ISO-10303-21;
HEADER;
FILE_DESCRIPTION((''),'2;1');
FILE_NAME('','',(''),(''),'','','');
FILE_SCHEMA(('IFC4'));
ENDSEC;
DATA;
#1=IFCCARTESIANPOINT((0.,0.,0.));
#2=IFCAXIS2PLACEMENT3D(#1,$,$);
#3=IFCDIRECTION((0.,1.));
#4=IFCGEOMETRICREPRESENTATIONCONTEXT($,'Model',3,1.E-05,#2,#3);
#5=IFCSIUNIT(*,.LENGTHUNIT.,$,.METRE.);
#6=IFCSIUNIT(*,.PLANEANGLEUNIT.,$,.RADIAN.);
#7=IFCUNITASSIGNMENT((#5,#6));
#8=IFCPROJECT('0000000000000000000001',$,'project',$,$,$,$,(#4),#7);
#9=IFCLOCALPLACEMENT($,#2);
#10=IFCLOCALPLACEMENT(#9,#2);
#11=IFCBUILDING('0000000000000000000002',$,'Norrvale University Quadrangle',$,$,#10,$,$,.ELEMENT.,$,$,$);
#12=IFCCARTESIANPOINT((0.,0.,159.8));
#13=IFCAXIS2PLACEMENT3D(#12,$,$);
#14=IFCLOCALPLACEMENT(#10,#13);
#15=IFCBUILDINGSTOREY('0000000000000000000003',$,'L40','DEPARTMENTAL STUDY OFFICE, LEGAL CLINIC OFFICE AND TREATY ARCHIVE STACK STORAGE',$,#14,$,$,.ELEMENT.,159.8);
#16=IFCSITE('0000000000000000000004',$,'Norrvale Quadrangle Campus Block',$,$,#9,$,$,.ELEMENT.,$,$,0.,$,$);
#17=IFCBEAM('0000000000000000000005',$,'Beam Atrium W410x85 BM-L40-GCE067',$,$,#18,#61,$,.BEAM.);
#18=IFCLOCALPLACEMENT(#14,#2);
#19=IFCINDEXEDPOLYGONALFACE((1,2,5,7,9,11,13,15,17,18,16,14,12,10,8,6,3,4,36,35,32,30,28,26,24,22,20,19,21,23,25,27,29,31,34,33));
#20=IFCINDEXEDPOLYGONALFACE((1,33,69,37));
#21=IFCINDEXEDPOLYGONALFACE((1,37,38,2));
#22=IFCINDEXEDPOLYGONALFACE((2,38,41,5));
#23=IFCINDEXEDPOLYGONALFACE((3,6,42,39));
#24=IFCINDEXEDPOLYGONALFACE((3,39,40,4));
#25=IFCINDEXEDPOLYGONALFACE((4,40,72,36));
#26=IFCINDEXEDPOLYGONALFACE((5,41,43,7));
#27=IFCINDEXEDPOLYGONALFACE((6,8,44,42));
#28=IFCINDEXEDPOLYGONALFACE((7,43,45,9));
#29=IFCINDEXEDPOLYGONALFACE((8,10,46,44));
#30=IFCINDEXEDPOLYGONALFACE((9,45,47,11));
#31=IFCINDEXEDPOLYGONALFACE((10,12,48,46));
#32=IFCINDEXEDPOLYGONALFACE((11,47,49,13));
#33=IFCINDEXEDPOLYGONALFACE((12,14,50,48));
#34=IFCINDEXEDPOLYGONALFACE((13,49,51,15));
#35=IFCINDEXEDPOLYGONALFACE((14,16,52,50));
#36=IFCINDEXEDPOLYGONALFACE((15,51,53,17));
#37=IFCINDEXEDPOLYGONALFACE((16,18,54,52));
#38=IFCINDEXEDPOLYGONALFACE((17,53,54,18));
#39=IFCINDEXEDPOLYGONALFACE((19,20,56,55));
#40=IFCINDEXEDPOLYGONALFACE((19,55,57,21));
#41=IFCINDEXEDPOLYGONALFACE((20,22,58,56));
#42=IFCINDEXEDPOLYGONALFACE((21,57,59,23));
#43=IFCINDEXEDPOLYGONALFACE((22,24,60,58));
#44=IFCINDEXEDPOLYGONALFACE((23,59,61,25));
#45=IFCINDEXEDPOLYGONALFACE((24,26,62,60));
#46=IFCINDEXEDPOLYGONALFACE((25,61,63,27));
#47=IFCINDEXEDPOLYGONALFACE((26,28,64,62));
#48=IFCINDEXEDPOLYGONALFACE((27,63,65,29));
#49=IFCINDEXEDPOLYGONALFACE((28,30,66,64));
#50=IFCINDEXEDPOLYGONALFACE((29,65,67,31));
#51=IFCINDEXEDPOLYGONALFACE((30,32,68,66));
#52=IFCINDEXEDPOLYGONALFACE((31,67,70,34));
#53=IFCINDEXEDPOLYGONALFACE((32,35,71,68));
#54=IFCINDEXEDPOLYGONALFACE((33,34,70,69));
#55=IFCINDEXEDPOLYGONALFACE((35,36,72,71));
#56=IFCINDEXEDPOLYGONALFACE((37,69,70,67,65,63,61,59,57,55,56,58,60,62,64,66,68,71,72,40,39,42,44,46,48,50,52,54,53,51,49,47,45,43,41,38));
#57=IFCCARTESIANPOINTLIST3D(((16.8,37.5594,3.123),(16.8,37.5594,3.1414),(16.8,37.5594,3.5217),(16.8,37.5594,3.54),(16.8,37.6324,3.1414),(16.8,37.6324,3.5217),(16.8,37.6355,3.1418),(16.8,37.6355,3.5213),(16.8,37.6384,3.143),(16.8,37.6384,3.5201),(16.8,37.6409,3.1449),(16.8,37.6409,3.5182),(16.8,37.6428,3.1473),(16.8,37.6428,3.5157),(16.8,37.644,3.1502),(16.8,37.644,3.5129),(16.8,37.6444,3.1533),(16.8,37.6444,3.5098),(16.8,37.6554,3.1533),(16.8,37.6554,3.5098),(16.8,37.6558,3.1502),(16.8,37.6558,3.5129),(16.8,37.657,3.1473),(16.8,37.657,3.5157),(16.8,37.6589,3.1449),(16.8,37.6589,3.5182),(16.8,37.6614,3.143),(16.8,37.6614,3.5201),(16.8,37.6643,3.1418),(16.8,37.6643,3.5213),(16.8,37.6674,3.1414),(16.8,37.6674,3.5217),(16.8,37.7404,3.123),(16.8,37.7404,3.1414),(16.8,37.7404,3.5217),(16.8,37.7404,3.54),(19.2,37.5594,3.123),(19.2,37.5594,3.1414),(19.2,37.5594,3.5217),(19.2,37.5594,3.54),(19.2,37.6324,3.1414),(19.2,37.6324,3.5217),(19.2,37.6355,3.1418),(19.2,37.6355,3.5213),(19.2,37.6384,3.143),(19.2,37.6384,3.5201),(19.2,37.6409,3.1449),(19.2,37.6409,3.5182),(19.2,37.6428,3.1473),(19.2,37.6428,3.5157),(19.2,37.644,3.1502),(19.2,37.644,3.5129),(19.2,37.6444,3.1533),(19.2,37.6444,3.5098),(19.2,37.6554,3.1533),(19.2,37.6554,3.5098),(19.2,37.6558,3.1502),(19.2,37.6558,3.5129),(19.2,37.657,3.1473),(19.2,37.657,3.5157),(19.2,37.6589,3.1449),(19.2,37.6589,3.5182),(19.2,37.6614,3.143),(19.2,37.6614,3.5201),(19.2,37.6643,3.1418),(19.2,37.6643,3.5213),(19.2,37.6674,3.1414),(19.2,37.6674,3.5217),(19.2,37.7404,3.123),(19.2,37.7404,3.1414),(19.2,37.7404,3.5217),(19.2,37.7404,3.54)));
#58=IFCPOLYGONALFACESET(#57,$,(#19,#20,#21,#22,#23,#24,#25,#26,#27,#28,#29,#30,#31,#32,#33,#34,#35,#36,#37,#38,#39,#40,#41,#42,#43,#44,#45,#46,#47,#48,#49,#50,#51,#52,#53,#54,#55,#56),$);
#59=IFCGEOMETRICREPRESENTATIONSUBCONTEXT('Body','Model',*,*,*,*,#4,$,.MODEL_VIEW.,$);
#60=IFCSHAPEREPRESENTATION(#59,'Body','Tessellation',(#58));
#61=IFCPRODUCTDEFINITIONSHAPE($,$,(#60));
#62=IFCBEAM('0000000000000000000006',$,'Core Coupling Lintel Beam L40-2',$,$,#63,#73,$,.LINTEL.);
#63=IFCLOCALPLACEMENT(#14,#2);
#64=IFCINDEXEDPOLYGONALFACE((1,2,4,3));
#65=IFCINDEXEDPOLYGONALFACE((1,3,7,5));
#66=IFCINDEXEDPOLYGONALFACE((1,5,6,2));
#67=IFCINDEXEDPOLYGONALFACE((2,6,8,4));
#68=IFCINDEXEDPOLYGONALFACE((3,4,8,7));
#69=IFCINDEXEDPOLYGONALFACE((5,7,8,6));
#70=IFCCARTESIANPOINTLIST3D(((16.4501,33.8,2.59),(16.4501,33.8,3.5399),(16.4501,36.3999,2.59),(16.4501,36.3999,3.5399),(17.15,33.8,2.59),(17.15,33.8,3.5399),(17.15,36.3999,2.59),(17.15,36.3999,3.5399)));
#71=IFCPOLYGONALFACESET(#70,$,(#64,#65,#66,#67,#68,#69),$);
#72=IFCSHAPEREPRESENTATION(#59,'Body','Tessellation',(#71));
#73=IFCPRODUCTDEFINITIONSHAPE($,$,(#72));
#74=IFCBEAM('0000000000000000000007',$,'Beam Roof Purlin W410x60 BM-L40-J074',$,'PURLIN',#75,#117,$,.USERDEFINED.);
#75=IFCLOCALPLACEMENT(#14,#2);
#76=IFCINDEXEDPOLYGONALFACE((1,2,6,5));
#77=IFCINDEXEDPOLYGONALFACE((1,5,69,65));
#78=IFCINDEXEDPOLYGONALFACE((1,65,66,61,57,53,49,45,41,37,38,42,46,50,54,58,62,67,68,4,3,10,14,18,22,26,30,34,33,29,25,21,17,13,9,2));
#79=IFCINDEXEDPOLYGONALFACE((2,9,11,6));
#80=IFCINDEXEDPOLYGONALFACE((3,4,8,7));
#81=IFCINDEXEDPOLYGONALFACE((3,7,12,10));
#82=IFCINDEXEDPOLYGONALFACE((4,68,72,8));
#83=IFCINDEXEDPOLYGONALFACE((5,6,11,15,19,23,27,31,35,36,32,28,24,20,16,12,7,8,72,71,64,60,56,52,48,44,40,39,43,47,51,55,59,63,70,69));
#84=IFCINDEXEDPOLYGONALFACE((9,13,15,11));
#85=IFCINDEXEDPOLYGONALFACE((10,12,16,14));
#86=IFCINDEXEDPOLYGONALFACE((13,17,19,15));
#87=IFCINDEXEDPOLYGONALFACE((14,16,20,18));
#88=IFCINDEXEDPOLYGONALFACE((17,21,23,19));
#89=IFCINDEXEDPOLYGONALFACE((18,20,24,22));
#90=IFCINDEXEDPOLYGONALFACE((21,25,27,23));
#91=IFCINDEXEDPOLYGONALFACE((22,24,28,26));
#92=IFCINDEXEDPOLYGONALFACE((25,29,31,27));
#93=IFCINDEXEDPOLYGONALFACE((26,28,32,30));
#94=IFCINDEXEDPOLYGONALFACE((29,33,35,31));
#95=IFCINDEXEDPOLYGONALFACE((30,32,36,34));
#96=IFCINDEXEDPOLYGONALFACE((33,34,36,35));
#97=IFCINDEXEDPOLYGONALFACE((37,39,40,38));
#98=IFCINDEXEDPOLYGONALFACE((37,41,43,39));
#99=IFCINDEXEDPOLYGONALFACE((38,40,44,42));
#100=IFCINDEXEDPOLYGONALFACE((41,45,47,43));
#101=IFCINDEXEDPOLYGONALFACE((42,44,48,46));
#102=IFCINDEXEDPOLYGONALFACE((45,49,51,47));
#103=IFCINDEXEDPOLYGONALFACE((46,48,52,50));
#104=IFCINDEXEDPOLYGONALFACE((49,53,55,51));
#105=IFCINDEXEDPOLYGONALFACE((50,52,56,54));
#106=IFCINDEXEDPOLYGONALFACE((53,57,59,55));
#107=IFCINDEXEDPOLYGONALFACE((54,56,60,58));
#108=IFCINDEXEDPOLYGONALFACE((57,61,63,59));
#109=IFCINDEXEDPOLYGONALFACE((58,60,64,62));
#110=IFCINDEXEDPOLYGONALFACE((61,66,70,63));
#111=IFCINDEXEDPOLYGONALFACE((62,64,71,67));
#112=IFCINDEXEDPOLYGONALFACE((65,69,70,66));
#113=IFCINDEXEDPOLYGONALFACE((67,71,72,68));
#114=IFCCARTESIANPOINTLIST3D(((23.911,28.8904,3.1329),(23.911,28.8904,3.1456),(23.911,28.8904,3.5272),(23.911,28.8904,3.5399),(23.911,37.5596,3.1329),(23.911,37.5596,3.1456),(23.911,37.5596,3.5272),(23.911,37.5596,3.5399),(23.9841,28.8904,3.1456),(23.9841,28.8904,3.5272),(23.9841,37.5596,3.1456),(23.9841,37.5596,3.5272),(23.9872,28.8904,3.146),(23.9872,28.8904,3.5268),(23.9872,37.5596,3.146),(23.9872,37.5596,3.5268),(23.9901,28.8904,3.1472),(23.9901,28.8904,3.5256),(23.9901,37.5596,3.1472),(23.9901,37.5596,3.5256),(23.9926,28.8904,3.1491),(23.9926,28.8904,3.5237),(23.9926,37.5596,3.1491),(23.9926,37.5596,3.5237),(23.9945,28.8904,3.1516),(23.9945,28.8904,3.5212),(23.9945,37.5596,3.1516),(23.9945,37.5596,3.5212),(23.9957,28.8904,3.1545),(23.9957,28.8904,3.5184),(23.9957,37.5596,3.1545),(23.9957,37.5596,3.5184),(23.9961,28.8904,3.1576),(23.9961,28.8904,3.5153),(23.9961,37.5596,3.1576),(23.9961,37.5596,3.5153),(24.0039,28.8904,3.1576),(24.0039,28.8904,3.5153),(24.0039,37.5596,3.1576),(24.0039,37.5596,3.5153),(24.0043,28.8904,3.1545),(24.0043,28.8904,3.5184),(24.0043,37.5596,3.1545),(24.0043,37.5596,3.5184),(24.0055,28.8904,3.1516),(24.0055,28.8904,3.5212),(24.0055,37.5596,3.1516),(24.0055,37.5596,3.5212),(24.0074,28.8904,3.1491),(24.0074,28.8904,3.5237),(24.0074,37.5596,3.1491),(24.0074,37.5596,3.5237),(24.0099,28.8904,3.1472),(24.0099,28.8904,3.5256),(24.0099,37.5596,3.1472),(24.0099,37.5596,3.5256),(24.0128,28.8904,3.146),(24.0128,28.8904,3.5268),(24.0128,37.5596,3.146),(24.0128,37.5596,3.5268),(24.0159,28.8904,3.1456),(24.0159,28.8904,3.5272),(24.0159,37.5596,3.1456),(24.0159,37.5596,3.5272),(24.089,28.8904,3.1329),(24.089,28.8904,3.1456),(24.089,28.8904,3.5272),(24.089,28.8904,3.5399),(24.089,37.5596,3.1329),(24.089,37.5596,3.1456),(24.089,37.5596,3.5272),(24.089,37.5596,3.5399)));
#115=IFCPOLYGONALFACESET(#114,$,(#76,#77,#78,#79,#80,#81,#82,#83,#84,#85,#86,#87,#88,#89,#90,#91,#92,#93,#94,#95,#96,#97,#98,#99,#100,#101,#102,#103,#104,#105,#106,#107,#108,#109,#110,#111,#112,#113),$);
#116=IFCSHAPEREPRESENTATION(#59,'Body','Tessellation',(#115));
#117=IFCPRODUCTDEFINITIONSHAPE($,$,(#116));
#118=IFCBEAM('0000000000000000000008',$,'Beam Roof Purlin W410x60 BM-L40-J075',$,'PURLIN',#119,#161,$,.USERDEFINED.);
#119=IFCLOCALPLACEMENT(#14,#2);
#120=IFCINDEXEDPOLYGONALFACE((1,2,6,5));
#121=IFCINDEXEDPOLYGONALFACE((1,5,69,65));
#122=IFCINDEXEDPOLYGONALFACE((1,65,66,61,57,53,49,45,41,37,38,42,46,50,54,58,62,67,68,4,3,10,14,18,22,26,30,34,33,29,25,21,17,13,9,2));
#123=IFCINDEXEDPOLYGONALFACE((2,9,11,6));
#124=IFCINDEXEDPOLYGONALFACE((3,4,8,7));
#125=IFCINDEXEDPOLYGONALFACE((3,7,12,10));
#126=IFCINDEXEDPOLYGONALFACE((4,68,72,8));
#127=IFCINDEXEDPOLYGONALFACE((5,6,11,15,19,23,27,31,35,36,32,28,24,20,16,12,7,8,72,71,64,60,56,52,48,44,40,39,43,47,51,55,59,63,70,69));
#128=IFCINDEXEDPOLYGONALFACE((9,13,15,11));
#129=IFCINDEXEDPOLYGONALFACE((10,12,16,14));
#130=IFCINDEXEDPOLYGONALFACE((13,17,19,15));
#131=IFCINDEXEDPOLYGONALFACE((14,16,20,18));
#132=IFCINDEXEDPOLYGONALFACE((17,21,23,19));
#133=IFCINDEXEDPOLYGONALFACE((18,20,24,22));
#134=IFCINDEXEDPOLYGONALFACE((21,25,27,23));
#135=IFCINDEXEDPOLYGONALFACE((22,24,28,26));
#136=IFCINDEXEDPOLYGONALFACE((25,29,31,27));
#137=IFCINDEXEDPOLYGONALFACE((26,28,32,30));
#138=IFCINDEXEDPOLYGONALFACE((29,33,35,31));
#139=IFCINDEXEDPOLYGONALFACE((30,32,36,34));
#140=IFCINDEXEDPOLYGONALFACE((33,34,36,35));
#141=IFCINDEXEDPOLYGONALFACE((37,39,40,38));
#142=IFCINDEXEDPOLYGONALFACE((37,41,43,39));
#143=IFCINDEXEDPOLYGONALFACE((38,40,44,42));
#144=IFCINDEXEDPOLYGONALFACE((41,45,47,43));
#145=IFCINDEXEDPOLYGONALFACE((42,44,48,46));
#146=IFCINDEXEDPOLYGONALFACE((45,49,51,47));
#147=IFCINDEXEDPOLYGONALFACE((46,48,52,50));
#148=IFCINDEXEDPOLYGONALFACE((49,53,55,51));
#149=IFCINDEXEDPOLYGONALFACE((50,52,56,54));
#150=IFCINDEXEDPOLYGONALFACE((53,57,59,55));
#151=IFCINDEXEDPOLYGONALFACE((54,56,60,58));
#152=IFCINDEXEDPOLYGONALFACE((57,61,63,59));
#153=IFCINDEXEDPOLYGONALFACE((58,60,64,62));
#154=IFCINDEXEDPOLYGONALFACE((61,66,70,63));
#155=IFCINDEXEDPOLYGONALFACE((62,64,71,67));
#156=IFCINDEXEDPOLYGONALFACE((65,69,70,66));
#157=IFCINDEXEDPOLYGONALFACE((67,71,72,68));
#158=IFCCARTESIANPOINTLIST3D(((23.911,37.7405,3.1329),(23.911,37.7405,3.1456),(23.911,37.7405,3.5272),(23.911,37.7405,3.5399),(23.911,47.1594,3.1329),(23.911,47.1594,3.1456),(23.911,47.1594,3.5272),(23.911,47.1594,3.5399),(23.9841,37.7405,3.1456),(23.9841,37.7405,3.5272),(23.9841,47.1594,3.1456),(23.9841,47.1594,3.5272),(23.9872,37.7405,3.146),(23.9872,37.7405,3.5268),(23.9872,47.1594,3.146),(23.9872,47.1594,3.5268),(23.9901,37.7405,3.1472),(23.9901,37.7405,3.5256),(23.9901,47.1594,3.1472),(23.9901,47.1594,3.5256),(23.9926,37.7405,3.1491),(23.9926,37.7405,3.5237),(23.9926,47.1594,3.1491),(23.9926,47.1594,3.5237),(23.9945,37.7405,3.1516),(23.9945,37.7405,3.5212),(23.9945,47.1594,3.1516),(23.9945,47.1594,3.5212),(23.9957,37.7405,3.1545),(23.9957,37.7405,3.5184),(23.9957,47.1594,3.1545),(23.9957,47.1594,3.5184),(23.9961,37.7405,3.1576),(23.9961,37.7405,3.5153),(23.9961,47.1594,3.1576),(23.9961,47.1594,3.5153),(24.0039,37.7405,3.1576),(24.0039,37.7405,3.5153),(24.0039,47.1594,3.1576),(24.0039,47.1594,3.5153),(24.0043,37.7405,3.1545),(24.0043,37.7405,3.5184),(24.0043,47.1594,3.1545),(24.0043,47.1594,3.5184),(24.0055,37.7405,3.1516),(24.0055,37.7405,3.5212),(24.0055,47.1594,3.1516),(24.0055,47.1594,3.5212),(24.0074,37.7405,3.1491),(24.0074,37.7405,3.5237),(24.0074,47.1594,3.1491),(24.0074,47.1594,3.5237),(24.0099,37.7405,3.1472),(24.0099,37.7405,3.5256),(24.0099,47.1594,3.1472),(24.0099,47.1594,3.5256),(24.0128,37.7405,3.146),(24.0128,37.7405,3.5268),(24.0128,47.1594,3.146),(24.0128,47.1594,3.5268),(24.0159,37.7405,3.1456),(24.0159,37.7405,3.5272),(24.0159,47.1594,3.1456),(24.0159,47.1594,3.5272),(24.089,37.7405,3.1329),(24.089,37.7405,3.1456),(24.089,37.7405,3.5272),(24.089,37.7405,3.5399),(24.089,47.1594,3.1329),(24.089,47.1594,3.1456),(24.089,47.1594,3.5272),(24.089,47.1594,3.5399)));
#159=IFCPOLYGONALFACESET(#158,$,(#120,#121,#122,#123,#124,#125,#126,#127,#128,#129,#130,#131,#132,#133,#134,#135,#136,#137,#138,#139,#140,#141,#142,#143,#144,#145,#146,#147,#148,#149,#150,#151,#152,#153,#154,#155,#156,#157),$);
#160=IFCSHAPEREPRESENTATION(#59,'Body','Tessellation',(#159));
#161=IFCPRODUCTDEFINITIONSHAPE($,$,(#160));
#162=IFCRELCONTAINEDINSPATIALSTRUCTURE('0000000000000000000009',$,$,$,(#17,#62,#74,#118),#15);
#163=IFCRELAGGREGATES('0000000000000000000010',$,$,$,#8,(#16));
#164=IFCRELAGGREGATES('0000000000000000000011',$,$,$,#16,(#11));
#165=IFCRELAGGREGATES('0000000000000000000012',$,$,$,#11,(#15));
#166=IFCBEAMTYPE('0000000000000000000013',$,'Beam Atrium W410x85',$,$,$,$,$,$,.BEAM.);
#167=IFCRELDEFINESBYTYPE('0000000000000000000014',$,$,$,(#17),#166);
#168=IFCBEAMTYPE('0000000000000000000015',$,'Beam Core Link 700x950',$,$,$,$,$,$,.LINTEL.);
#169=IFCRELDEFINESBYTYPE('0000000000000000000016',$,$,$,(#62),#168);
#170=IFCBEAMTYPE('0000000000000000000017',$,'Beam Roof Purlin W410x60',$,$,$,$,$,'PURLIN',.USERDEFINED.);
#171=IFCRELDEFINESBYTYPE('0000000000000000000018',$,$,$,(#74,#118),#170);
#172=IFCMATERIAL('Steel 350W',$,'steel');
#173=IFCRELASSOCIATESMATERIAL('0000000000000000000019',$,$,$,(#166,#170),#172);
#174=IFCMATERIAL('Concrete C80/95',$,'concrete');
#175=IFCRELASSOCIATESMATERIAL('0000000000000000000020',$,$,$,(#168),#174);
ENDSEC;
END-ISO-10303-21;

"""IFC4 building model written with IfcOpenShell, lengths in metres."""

from ifc_helpers import new_model, si_unit, direction, frame, origin, origin_2d, place, context, subcontext, project, spatial, rectangle, i_section, extrude, material, material_profile, profile_set, type_object, element, save


model = new_model("IFC4")

# Units and contexts
model_context = context("Model", 3, precision=1e-05, world=origin(), true_north=direction((0.0, 1.0)))
body_context = subcontext(model_context, "Body", "Model", "MODEL_VIEW")
ifc_project = project(units=[si_unit("LENGTHUNIT", "METRE"), si_unit("PLANEANGLEUNIT", "RADIAN")], contexts=[model_context])

# Site, building, storey
site_placement = place(None, origin())
site = spatial("IfcSite", under=ifc_project, at=site_placement, Name="Norrvale Quadrangle Campus Block", CompositionType="ELEMENT", RefElevation=0.0)
building_placement = place(site_placement, origin())
building = spatial("IfcBuilding", under=site, at=building_placement, Name="Norrvale University Quadrangle", CompositionType="ELEMENT")
storey_placement = place(building_placement, frame((0.0, 0.0, 159.8)))
storey = spatial("IfcBuildingStorey", under=building, at=storey_placement, Name="L40", Description="DEPARTMENTAL STUDY OFFICE, LEGAL CLINIC OFFICE AND TREATY ARCHIVE STACK STORAGE", CompositionType="ELEMENT", Elevation=159.8)

# Beams
ifc_material_1 = material(Name="Steel 350W", Category="steel")
ifc_material_profile_1 = material_profile(ifc_material_1, i_section(OverallWidth=0.1809, OverallDepth=0.417, WebThickness=0.011, FlangeThickness=0.0183, FilletRadius=0.012, at=origin_2d()), Name="Steel 350W")
ifc_profile_set_1 = profile_set([ifc_material_profile_1], Name="Steel 350W")
beam_type_1 = type_object("IfcBeamType", Name="Beam Atrium W410x85", PredefinedType="BEAM", material=ifc_profile_set_1)
beam_1_placement = place(storey_placement, frame((16.8, 37.6499, 3.3315), z_axis=(1.0, 0.0, 0.0), x_axis=(0.0, 1.0, 0.0)))
element("IfcBeam", 1, at=beam_1_placement, inside=storey, type_object=beam_type_1, Name="Beam Atrium W410x85 BM-L40-GCE067", PredefinedType="BEAM", context=body_context, shape_type="SweptSolid", body=[
    extrude(i_section(OverallWidth=0.1809, OverallDepth=0.417, WebThickness=0.011, FlangeThickness=0.0183, FilletRadius=0.012, at=origin_2d()), origin(), (0.0, 0.0, 1.0), 2.3999),
])
ifc_material_2 = material(Name="Concrete C80/95", Category="concrete")
ifc_material_profile_2 = material_profile(ifc_material_2, rectangle(XDim=0.7, YDim=0.95, at=origin_2d()), Name="Concrete C80/95")
ifc_profile_set_2 = profile_set([ifc_material_profile_2], Name="Concrete C80/95")
beam_type_2 = type_object("IfcBeamType", Name="Beam Core Link 700x950", PredefinedType="LINTEL", material=ifc_profile_set_2)
beam_2_placement = place(storey_placement, frame((16.8, 33.8, 3.0649), z_axis=(0.0, 1.0, 0.0), x_axis=(-1.0, 0.0, 0.0)))
element("IfcBeam", 2, at=beam_2_placement, inside=storey, type_object=beam_type_2, Name="Core Coupling Lintel Beam L40-2", PredefinedType="LINTEL", context=body_context, shape_type="SweptSolid", body=[
    extrude(rectangle(XDim=0.7, YDim=0.95, at=origin_2d()), origin(), (0.0, 0.0, 1.0), 2.5999),
])
ifc_material_profile_3 = material_profile(ifc_material_1, i_section(OverallWidth=0.178, OverallDepth=0.407, WebThickness=0.0078, FlangeThickness=0.0127, FilletRadius=0.012, at=origin_2d()), Name="Steel 350W")
ifc_profile_set_3 = profile_set([ifc_material_profile_3], Name="Steel 350W")
beam_type_3 = type_object("IfcBeamType", Name="Beam Roof Purlin W410x60", ElementType="PURLIN", PredefinedType="USERDEFINED", material=ifc_profile_set_3)
beam_3_placement = place(storey_placement, frame((24.0, 28.8904, 3.3364), z_axis=(0.0, 1.0, 0.0), x_axis=(-1.0, 0.0, 0.0)))
element("IfcBeam", 3, at=beam_3_placement, inside=storey, type_object=beam_type_3, Name="Beam Roof Purlin W410x60 BM-L40-J074", ObjectType="PURLIN", PredefinedType="USERDEFINED", context=body_context, shape_type="SweptSolid", body=[
    extrude(i_section(OverallWidth=0.178, OverallDepth=0.407, WebThickness=0.0078, FlangeThickness=0.0127, FilletRadius=0.012, at=origin_2d()), origin(), (0.0, 0.0, 1.0), 8.6692),
])
beam_4_placement = place(storey_placement, frame((24.0, 37.7405, 3.3364), z_axis=(0.0, 1.0, 0.0), x_axis=(-1.0, 0.0, 0.0)))
element("IfcBeam", 4, at=beam_4_placement, inside=storey, type_object=beam_type_3, Name="Beam Roof Purlin W410x60 BM-L40-J075", ObjectType="PURLIN", PredefinedType="USERDEFINED", context=body_context, shape_type="SweptSolid", body=[
    extrude(i_section(OverallWidth=0.178, OverallDepth=0.407, WebThickness=0.0078, FlangeThickness=0.0127, FilletRadius=0.012, at=origin_2d()), origin(), (0.0, 0.0, 1.0), 9.4189),
])

save(model, "model.ifc")
